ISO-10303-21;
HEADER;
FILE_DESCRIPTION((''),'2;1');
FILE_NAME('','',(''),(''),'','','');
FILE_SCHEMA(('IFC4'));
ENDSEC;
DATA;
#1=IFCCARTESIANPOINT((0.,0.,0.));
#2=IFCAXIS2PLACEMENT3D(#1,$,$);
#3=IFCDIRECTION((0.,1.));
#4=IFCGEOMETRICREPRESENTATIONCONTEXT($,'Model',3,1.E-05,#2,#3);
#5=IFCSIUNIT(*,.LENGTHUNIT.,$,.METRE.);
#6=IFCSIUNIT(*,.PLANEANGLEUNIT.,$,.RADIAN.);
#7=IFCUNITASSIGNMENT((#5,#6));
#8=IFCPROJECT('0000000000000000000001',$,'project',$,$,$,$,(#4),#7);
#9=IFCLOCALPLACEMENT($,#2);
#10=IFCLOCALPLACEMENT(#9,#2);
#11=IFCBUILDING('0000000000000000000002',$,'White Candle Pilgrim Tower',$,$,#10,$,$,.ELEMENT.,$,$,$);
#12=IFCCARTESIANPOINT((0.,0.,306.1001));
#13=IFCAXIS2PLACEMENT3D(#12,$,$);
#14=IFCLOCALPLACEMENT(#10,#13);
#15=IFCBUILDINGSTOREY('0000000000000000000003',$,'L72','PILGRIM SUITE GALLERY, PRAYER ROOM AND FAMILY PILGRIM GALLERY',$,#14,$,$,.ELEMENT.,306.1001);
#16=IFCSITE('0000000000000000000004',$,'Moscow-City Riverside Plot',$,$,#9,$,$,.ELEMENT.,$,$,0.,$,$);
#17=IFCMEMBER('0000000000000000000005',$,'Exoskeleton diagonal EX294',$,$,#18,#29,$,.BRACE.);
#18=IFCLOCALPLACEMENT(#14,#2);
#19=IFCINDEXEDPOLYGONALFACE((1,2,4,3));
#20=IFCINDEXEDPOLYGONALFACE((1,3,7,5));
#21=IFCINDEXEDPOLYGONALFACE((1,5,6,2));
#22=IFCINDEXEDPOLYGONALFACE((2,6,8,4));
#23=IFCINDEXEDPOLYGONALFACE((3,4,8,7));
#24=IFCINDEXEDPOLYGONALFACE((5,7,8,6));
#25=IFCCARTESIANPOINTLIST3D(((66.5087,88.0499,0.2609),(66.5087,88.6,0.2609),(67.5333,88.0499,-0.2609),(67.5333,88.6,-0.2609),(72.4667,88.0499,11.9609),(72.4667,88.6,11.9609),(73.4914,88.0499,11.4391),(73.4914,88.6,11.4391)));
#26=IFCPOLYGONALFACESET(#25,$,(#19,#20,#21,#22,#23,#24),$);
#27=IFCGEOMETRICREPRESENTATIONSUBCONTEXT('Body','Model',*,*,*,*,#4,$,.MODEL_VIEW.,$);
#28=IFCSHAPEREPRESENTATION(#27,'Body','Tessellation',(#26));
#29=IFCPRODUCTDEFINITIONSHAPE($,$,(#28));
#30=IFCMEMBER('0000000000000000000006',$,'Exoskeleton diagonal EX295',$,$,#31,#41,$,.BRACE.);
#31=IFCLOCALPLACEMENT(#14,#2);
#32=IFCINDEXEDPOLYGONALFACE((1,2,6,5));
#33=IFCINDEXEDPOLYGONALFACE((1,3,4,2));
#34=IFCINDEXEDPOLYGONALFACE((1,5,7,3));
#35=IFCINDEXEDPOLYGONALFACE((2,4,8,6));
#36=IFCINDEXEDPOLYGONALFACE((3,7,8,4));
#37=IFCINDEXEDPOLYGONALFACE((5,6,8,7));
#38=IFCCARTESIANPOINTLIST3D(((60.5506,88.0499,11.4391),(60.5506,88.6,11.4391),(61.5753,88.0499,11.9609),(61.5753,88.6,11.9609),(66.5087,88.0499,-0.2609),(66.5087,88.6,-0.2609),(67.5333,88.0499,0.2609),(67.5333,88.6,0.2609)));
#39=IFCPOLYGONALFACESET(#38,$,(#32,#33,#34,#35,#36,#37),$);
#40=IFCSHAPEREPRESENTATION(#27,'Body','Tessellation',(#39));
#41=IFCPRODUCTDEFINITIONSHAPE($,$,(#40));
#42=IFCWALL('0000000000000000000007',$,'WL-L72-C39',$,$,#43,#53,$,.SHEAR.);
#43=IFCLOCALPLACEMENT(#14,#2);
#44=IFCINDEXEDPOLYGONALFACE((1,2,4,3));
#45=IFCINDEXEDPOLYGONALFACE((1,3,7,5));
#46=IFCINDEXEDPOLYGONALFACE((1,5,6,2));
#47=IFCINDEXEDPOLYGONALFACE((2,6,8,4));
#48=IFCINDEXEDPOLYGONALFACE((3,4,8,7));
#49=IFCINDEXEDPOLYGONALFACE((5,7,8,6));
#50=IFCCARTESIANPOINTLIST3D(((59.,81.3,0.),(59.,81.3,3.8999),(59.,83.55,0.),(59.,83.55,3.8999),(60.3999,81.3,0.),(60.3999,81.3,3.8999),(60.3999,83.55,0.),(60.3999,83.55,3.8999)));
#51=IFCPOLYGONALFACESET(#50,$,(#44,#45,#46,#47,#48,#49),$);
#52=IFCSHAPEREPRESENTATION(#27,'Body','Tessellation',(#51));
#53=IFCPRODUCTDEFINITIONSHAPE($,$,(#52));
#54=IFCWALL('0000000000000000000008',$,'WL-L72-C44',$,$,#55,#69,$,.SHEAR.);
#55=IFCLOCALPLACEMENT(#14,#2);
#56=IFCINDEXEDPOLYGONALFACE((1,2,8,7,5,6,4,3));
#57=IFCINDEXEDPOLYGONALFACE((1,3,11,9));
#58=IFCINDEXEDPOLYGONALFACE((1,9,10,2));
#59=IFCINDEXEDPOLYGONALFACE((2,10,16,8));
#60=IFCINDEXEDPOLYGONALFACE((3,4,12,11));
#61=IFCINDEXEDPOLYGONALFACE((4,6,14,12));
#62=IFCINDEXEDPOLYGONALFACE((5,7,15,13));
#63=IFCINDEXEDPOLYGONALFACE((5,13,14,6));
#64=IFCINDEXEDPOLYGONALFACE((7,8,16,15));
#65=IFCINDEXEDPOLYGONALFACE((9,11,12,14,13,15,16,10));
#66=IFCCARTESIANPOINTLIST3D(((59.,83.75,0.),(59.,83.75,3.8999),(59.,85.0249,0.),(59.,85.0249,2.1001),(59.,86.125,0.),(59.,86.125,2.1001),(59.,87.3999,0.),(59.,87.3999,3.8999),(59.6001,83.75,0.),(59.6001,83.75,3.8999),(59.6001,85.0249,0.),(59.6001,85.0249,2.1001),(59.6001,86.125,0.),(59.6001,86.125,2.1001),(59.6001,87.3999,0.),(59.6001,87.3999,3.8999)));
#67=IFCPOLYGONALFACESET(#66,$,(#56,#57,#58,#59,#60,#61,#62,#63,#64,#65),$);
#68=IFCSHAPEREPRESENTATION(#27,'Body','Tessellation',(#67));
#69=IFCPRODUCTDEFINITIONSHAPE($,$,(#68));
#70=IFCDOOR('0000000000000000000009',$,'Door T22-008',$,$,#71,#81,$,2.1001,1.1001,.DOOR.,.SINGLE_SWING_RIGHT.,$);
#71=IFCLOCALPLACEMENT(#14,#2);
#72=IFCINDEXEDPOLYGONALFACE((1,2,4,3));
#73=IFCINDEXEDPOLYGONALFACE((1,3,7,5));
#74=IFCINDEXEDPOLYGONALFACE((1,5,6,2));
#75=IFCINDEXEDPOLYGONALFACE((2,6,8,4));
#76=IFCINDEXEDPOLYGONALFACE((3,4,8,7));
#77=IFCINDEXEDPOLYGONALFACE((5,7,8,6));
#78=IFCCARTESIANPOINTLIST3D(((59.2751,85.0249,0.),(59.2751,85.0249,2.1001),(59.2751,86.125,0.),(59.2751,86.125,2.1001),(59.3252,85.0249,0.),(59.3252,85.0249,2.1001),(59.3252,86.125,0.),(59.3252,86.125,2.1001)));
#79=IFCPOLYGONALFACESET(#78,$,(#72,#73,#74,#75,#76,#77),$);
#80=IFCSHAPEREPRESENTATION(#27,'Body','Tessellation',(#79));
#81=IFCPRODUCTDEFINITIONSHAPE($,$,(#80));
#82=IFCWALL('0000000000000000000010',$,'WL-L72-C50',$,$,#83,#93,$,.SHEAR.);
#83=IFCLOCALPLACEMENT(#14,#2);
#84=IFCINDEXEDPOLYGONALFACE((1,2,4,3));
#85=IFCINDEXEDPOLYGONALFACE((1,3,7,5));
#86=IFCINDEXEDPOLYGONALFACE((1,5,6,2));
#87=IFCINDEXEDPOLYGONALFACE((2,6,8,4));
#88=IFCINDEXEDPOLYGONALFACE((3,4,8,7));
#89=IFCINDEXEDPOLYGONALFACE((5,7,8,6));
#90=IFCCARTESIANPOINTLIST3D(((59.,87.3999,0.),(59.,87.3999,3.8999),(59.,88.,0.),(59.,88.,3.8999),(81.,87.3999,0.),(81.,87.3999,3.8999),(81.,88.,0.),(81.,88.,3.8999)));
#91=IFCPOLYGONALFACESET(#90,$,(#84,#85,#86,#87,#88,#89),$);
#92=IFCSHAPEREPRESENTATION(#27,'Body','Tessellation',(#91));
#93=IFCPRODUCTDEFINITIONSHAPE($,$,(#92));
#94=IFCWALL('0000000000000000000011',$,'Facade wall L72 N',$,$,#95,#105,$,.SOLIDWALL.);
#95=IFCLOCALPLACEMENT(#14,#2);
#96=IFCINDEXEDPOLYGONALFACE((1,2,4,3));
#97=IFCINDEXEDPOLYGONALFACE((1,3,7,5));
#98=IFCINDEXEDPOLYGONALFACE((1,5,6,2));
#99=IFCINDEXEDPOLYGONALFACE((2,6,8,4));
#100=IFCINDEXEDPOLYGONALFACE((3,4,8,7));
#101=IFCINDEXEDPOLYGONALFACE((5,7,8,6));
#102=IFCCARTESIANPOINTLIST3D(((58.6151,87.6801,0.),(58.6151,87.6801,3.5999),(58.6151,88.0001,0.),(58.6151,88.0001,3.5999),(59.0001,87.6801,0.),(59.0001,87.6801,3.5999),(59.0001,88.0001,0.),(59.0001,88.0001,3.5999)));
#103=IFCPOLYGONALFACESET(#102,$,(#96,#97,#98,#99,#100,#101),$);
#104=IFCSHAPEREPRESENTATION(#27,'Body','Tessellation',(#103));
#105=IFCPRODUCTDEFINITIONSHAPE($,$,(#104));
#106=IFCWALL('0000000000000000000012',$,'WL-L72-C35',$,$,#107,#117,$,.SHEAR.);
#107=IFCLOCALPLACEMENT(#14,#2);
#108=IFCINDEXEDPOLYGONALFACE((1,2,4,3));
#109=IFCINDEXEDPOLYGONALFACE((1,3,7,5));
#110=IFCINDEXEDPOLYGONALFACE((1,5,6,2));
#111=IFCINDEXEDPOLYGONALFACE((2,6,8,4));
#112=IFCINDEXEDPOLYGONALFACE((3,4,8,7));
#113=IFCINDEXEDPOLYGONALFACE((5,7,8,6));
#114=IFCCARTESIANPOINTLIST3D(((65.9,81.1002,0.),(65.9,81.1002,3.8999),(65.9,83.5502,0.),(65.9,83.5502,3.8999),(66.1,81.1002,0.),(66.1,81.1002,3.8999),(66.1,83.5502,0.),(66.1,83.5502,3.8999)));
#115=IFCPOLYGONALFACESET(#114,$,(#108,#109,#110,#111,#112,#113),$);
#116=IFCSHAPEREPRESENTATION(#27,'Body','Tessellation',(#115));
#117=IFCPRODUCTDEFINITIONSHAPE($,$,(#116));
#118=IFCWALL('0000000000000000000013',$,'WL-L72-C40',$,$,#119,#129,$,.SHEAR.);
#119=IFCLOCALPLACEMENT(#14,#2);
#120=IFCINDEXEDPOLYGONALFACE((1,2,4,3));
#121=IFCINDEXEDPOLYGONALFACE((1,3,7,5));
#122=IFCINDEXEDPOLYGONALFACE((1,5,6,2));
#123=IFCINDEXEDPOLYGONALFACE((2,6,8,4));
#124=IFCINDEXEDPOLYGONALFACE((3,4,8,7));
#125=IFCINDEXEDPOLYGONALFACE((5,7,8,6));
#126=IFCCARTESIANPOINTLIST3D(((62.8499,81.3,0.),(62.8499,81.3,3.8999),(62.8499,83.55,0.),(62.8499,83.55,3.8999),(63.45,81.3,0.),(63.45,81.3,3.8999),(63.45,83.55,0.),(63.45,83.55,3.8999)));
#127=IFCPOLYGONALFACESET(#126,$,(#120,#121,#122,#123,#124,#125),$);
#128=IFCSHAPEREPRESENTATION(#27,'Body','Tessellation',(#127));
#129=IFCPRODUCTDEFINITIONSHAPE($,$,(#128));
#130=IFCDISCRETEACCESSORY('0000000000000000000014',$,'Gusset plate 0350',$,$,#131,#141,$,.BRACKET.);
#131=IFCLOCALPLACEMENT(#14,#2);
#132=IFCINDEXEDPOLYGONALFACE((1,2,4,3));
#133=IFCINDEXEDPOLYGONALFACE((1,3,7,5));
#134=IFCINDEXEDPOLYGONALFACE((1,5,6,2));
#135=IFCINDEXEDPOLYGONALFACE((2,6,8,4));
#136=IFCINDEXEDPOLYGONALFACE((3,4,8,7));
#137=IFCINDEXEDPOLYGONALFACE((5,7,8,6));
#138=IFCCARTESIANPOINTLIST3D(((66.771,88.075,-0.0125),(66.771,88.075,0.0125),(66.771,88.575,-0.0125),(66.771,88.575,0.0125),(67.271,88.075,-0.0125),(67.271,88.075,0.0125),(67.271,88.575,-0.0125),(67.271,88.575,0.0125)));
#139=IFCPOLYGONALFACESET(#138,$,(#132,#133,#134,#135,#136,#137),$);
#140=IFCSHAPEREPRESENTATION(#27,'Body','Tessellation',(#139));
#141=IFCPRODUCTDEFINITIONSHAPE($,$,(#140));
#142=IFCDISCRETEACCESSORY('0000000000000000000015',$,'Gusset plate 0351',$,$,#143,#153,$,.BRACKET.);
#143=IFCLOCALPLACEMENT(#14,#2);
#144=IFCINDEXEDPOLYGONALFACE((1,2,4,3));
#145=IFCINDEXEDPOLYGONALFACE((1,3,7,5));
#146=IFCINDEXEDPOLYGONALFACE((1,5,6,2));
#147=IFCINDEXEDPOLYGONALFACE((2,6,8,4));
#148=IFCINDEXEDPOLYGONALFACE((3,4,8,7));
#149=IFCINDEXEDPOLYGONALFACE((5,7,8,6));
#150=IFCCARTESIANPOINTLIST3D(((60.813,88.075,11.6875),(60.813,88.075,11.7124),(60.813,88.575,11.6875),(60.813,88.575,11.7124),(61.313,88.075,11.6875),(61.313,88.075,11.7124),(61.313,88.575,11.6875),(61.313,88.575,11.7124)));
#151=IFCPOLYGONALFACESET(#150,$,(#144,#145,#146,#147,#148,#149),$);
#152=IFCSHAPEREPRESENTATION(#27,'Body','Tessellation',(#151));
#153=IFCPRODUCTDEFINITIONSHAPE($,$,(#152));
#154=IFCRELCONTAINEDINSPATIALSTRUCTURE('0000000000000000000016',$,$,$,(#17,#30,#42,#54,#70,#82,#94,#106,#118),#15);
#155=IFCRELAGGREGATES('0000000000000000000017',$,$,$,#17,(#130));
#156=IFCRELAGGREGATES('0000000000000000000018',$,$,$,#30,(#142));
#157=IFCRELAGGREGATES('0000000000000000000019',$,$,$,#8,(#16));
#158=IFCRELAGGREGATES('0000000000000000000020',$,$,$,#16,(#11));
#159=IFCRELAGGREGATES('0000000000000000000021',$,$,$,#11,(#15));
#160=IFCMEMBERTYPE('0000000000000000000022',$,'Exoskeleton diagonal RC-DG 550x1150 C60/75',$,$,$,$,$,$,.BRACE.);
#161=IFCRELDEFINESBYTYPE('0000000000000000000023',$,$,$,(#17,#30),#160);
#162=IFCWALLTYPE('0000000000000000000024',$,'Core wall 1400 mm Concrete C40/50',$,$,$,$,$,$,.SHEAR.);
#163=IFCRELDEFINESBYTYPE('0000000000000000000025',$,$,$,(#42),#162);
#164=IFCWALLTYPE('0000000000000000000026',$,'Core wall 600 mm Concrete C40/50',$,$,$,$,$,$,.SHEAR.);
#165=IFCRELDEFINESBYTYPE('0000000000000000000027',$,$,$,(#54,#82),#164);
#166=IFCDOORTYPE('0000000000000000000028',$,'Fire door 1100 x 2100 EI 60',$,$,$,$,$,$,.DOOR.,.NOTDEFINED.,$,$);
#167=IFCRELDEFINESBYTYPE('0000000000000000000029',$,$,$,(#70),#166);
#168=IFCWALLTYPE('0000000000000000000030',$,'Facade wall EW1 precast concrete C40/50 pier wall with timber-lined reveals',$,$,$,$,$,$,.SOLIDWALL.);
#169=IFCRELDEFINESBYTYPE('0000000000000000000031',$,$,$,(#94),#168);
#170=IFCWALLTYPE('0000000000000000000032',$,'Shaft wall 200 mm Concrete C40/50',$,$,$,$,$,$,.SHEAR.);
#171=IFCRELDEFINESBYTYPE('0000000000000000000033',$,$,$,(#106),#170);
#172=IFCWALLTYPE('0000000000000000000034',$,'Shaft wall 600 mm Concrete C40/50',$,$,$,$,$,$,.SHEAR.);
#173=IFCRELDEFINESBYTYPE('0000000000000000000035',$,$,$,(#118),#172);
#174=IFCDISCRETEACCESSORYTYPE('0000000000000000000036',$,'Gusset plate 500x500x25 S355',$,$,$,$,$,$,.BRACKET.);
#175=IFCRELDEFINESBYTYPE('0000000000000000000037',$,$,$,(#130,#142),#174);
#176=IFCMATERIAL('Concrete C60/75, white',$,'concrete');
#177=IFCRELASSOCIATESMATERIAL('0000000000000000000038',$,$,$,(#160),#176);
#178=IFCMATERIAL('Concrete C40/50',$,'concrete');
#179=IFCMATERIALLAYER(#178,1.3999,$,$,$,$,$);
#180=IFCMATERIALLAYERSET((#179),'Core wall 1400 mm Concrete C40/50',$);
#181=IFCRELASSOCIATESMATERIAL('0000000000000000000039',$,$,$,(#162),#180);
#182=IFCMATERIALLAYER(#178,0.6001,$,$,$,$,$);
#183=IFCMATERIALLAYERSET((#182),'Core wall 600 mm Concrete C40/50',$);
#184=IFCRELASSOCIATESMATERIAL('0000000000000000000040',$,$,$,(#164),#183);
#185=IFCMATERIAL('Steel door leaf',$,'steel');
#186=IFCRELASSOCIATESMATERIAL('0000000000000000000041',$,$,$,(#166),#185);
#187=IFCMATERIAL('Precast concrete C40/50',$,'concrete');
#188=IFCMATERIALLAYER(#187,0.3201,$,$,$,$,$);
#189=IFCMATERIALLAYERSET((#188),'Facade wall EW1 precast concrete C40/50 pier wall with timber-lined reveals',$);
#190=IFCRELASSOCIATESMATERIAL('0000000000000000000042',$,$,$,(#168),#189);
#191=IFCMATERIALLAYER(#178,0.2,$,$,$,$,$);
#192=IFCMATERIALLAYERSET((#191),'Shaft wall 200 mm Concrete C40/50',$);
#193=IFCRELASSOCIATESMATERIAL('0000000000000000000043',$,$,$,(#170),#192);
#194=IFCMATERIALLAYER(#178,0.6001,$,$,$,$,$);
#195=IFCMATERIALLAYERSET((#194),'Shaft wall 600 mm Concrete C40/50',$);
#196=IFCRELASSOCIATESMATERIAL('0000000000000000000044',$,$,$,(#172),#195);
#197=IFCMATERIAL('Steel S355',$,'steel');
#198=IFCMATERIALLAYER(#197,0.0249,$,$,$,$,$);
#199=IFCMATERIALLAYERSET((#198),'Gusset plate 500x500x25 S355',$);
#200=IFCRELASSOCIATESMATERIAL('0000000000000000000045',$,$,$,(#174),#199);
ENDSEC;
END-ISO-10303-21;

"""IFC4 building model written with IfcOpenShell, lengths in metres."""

from ifc_helpers import new_model, si_unit, direction, frame, frame_2d, origin, origin_2d, place, context, subcontext, project, spatial, rectangle, extrude, material, layer, layer_set, material_profile, profile_set, type_object, element, fill, aggregate, save


model = new_model("IFC4")

# Units and contexts
model_context = context("Model", 3, precision=1e-05, world=origin(), true_north=direction((0.0, 1.0)))
body_context = subcontext(model_context, "Body", "Model", "MODEL_VIEW")
ifc_project = project(units=[si_unit("LENGTHUNIT", "METRE"), si_unit("PLANEANGLEUNIT", "RADIAN")], contexts=[model_context])

# Site, building, storey
site_placement = place(None, origin())
site = spatial("IfcSite", under=ifc_project, at=site_placement, Name="Moscow-City Riverside Plot", CompositionType="ELEMENT", RefElevation=0.0)
building_placement = place(site_placement, origin())
building = spatial("IfcBuilding", under=site, at=building_placement, Name="White Candle Pilgrim Tower", CompositionType="ELEMENT")
storey_placement = place(building_placement, frame((0.0, 0.0, 306.1001)))
storey = spatial("IfcBuildingStorey", under=building, at=storey_placement, Name="L72", Description="PILGRIM SUITE GALLERY, PRAYER ROOM AND FAMILY PILGRIM GALLERY", CompositionType="ELEMENT", Elevation=306.1001)

# Members
ifc_material_1 = material(Name="Concrete C60/75, white", Category="concrete")
ifc_material_profile = material_profile(ifc_material_1, rectangle(XDim=0.55, YDim=1.1499, at=origin_2d()), Name="RC-DG 550x1150")
ifc_profile_set = profile_set([ifc_material_profile], Name="Concrete C60/75, white")
member_type = type_object("IfcMemberType", Name="Exoskeleton diagonal RC-DG 550x1150 C60/75", PredefinedType="BRACE", material=ifc_profile_set)
member_1_placement = place(storey_placement, frame((67.021, 88.325, 0.0), z_axis=(0.453784, 0.0, 0.891112), x_axis=(0.0, 1.0, 0.0)))
member_1 = element("IfcMember", 1, at=member_1_placement, inside=storey, type_object=member_type, Name="Exoskeleton diagonal EX294", PredefinedType="BRACE", context=body_context, shape_type="SweptSolid", body=[
    extrude(rectangle(XDim=0.55, YDim=1.1499, at=origin_2d()), origin(), (0.0, 0.0, 1.0), 13.1296),
])
member_2_placement = place(storey_placement, frame((67.021, 88.325, 0.0), z_axis=(-0.453784, 0.0, 0.891112), x_axis=(0.0, -1.0, 0.0)))
member_2 = element("IfcMember", 2, at=member_2_placement, inside=storey, type_object=member_type, Name="Exoskeleton diagonal EX295", PredefinedType="BRACE", context=body_context, shape_type="SweptSolid", body=[
    extrude(rectangle(XDim=0.55, YDim=1.1499, at=origin_2d()), origin(), (0.0, 0.0, 1.0), 13.1296),
])

# Wall
ifc_material_2 = material(Name="Concrete C40/50", Category="concrete")
ifc_layer_1 = layer(ifc_material_2, 1.3999)
ifc_layer_set_1 = layer_set([ifc_layer_1], Name="Core wall 1400 mm Concrete C40/50")
wall_type_1 = type_object("IfcWallType", Name="Core wall 1400 mm Concrete C40/50", PredefinedType="SHEAR", material=ifc_layer_set_1)
wall_1_placement = place(storey_placement, frame((59.7, 81.3, 0.0), z_axis=(0.0, 0.0, 1.0), x_axis=(0.0, 1.0, 0.0)))
element("IfcWall", 3, at=wall_1_placement, inside=storey, type_object=wall_type_1, Name="WL-L72-C39", PredefinedType="SHEAR", context=body_context, shape_type="SweptSolid", body=[
    extrude(rectangle(XDim=2.25, YDim=1.3999, at=frame_2d((1.125, 0.0))), origin(), (0.0, 0.0, 1.0), 3.8999),
])

# Wall, opening, door
ifc_layer_2 = layer(ifc_material_2, 0.6001)
ifc_layer_set_2 = layer_set([ifc_layer_2], Name="Core wall 600 mm Concrete C40/50")
wall_type_2 = type_object("IfcWallType", Name="Core wall 600 mm Concrete C40/50", PredefinedType="SHEAR", material=ifc_layer_set_2)
wall_2_placement = place(storey_placement, frame((59.3, 83.75, 0.0), z_axis=(0.0, 0.0, 1.0), x_axis=(0.0, 1.0, 0.0)))
wall_2 = element("IfcWall", 4, at=wall_2_placement, inside=storey, type_object=wall_type_2, Name="WL-L72-C44", PredefinedType="SHEAR", context=body_context, shape_type="SweptSolid", body=[
    extrude(rectangle(XDim=3.6499, YDim=0.6001, at=frame_2d((1.825, 0.0))), origin(), (0.0, 0.0, 1.0), 3.8999),
])
opening_1_placement = place(wall_2_placement, frame((1.2749, 0.0, 0.0)))
opening_1 = element("IfcOpeningElement", 5, at=opening_1_placement, cuts=wall_2, PredefinedType="OPENING", context=body_context, shape_type="SweptSolid", body=[
    extrude(rectangle(XDim=1.1001, YDim=2.1001, at=frame_2d((0.55, 1.05))), frame((0.0, 0.3101, 0.0), z_axis=(0.0, -1.0, 0.0), x_axis=(1.0, 0.0, 0.0)), (0.0, 0.0, 1.0), 0.6201),
])
ifc_material_3 = material(Name="Steel door leaf", Category="steel")
door_type_1 = type_object("IfcDoorType", Name="Fire door 1100 x 2100 EI 60", OperationType="NOTDEFINED", PredefinedType="DOOR", material=ifc_material_3)
door_1_placement = place(opening_1_placement, origin())
door_1 = element("IfcDoor", 6, at=door_1_placement, inside=storey, type_object=door_type_1, Name="Door T22-008", OperationType="SINGLE_SWING_RIGHT", OverallHeight=2.1001, OverallWidth=1.1001, PredefinedType="DOOR", context=body_context, shape_type="SweptSolid", body=[
    extrude(rectangle(XDim=1.1001, YDim=2.1001, at=frame_2d((0.55, 1.05))), frame((0.0, 0.0249, 0.0), z_axis=(0.0, -1.0, 0.0), x_axis=(1.0, 0.0, 0.0)), (0.0, 0.0, 1.0), 0.05),
])
fill(opening_1, door_1)

# Walls
wall_3_placement = place(storey_placement, frame((59.0, 87.7, 0.0), z_axis=(0.0, 0.0, 1.0), x_axis=(1.0, 0.0, 0.0)))
element("IfcWall", 7, at=wall_3_placement, inside=storey, type_object=wall_type_2, Name="WL-L72-C50", PredefinedType="SHEAR", context=body_context, shape_type="SweptSolid", body=[
    extrude(rectangle(XDim=22.0, YDim=0.6001, at=frame_2d((11.0, 0.0))), origin(), (0.0, 0.0, 1.0), 3.8999),
])
ifc_material_4 = material(Name="Precast concrete C40/50", Category="concrete")
ifc_layer_3 = layer(ifc_material_4, 0.3201)
ifc_layer_set_3 = layer_set([ifc_layer_3], Name="Facade wall EW1 precast concrete C40/50 pier wall with timber-lined reveals")
wall_type_3 = type_object("IfcWallType", Name="Facade wall EW1 precast concrete C40/50 pier wall with timber-lined reveals", PredefinedType="SOLIDWALL", material=ifc_layer_set_3)
wall_4_placement = place(storey_placement, frame((59.0, 87.8401, 0.0), z_axis=(0.0, 0.0, 1.0), x_axis=(-1.0, 0.0, 0.0)))
element("IfcWall", 8, at=wall_4_placement, inside=storey, type_object=wall_type_3, Name="Facade wall L72 N", PredefinedType="SOLIDWALL", context=body_context, shape_type="SweptSolid", body=[
    extrude(rectangle(XDim=0.385, YDim=0.3201, at=frame_2d((0.1924, 0.0))), origin(), (0.0, 0.0, 1.0), 3.5999),
])
ifc_layer_4 = layer(ifc_material_2, 0.2)
ifc_layer_set_4 = layer_set([ifc_layer_4], Name="Shaft wall 200 mm Concrete C40/50")
wall_type_4 = type_object("IfcWallType", Name="Shaft wall 200 mm Concrete C40/50", PredefinedType="SHEAR", material=ifc_layer_set_4)
wall_5_placement = place(storey_placement, frame((66.0, 81.1001, 0.0), z_axis=(0.0, 0.0, 1.0), x_axis=(0.0, 1.0, 0.0)))
element("IfcWall", 9, at=wall_5_placement, inside=storey, type_object=wall_type_4, Name="WL-L72-C35", PredefinedType="SHEAR", context=body_context, shape_type="SweptSolid", body=[
    extrude(rectangle(XDim=2.45, YDim=0.2, at=frame_2d((1.2251, 0.0))), origin(), (0.0, 0.0, 1.0), 3.8999),
])
ifc_layer_5 = layer(ifc_material_2, 0.6001)
ifc_layer_set_5 = layer_set([ifc_layer_5], Name="Shaft wall 600 mm Concrete C40/50")
wall_type_5 = type_object("IfcWallType", Name="Shaft wall 600 mm Concrete C40/50", PredefinedType="SHEAR", material=ifc_layer_set_5)
wall_6_placement = place(storey_placement, frame((63.1499, 81.3, 0.0), z_axis=(0.0, 0.0, 1.0), x_axis=(0.0, 1.0, 0.0)))
element("IfcWall", 10, at=wall_6_placement, inside=storey, type_object=wall_type_5, Name="WL-L72-C40", PredefinedType="SHEAR", context=body_context, shape_type="SweptSolid", body=[
    extrude(rectangle(XDim=2.25, YDim=0.6001, at=frame_2d((1.125, 0.0))), origin(), (0.0, 0.0, 1.0), 3.8999),
])

# Discrete accessories
ifc_material_5 = material(Name="Steel S355", Category="steel")
ifc_layer_6 = layer(ifc_material_5, 0.0249)
ifc_layer_set_6 = layer_set([ifc_layer_6], Name="Gusset plate 500x500x25 S355")
discrete_accessory_type = type_object("IfcDiscreteAccessoryType", Name="Gusset plate 500x500x25 S355", PredefinedType="BRACKET", material=ifc_layer_set_6)
discrete_accessory_1_placement = place(storey_placement, frame((67.021, 88.325, -0.0125), z_axis=(0.0, 0.0, 1.0), x_axis=(1.0, 0.0, 0.0)))
discrete_accessory_1 = element("IfcDiscreteAccessory", 11, at=discrete_accessory_1_placement, type_object=discrete_accessory_type, Name="Gusset plate 0350", PredefinedType="BRACKET", context=body_context, shape_type="SweptSolid", body=[
    extrude(rectangle(XDim=0.5, YDim=0.5, at=origin_2d()), origin(), (0.0, 0.0, 1.0), 0.0249),
])
aggregate(member_1, [discrete_accessory_1])
placement = place(building_placement, frame((0.0, 0.0, 317.8)))
discrete_accessory_2_placement = place(placement, frame((61.063, 88.325, -0.0125), z_axis=(0.0, 0.0, 1.0), x_axis=(1.0, 0.0, 0.0)))
discrete_accessory_2 = element("IfcDiscreteAccessory", 12, at=discrete_accessory_2_placement, type_object=discrete_accessory_type, Name="Gusset plate 0351", PredefinedType="BRACKET", context=body_context, shape_type="SweptSolid", body=[
    extrude(rectangle(XDim=0.5, YDim=0.5, at=origin_2d()), origin(), (0.0, 0.0, 1.0), 0.0249),
])
aggregate(member_2, [discrete_accessory_2])

save(model, "model.ifc")
